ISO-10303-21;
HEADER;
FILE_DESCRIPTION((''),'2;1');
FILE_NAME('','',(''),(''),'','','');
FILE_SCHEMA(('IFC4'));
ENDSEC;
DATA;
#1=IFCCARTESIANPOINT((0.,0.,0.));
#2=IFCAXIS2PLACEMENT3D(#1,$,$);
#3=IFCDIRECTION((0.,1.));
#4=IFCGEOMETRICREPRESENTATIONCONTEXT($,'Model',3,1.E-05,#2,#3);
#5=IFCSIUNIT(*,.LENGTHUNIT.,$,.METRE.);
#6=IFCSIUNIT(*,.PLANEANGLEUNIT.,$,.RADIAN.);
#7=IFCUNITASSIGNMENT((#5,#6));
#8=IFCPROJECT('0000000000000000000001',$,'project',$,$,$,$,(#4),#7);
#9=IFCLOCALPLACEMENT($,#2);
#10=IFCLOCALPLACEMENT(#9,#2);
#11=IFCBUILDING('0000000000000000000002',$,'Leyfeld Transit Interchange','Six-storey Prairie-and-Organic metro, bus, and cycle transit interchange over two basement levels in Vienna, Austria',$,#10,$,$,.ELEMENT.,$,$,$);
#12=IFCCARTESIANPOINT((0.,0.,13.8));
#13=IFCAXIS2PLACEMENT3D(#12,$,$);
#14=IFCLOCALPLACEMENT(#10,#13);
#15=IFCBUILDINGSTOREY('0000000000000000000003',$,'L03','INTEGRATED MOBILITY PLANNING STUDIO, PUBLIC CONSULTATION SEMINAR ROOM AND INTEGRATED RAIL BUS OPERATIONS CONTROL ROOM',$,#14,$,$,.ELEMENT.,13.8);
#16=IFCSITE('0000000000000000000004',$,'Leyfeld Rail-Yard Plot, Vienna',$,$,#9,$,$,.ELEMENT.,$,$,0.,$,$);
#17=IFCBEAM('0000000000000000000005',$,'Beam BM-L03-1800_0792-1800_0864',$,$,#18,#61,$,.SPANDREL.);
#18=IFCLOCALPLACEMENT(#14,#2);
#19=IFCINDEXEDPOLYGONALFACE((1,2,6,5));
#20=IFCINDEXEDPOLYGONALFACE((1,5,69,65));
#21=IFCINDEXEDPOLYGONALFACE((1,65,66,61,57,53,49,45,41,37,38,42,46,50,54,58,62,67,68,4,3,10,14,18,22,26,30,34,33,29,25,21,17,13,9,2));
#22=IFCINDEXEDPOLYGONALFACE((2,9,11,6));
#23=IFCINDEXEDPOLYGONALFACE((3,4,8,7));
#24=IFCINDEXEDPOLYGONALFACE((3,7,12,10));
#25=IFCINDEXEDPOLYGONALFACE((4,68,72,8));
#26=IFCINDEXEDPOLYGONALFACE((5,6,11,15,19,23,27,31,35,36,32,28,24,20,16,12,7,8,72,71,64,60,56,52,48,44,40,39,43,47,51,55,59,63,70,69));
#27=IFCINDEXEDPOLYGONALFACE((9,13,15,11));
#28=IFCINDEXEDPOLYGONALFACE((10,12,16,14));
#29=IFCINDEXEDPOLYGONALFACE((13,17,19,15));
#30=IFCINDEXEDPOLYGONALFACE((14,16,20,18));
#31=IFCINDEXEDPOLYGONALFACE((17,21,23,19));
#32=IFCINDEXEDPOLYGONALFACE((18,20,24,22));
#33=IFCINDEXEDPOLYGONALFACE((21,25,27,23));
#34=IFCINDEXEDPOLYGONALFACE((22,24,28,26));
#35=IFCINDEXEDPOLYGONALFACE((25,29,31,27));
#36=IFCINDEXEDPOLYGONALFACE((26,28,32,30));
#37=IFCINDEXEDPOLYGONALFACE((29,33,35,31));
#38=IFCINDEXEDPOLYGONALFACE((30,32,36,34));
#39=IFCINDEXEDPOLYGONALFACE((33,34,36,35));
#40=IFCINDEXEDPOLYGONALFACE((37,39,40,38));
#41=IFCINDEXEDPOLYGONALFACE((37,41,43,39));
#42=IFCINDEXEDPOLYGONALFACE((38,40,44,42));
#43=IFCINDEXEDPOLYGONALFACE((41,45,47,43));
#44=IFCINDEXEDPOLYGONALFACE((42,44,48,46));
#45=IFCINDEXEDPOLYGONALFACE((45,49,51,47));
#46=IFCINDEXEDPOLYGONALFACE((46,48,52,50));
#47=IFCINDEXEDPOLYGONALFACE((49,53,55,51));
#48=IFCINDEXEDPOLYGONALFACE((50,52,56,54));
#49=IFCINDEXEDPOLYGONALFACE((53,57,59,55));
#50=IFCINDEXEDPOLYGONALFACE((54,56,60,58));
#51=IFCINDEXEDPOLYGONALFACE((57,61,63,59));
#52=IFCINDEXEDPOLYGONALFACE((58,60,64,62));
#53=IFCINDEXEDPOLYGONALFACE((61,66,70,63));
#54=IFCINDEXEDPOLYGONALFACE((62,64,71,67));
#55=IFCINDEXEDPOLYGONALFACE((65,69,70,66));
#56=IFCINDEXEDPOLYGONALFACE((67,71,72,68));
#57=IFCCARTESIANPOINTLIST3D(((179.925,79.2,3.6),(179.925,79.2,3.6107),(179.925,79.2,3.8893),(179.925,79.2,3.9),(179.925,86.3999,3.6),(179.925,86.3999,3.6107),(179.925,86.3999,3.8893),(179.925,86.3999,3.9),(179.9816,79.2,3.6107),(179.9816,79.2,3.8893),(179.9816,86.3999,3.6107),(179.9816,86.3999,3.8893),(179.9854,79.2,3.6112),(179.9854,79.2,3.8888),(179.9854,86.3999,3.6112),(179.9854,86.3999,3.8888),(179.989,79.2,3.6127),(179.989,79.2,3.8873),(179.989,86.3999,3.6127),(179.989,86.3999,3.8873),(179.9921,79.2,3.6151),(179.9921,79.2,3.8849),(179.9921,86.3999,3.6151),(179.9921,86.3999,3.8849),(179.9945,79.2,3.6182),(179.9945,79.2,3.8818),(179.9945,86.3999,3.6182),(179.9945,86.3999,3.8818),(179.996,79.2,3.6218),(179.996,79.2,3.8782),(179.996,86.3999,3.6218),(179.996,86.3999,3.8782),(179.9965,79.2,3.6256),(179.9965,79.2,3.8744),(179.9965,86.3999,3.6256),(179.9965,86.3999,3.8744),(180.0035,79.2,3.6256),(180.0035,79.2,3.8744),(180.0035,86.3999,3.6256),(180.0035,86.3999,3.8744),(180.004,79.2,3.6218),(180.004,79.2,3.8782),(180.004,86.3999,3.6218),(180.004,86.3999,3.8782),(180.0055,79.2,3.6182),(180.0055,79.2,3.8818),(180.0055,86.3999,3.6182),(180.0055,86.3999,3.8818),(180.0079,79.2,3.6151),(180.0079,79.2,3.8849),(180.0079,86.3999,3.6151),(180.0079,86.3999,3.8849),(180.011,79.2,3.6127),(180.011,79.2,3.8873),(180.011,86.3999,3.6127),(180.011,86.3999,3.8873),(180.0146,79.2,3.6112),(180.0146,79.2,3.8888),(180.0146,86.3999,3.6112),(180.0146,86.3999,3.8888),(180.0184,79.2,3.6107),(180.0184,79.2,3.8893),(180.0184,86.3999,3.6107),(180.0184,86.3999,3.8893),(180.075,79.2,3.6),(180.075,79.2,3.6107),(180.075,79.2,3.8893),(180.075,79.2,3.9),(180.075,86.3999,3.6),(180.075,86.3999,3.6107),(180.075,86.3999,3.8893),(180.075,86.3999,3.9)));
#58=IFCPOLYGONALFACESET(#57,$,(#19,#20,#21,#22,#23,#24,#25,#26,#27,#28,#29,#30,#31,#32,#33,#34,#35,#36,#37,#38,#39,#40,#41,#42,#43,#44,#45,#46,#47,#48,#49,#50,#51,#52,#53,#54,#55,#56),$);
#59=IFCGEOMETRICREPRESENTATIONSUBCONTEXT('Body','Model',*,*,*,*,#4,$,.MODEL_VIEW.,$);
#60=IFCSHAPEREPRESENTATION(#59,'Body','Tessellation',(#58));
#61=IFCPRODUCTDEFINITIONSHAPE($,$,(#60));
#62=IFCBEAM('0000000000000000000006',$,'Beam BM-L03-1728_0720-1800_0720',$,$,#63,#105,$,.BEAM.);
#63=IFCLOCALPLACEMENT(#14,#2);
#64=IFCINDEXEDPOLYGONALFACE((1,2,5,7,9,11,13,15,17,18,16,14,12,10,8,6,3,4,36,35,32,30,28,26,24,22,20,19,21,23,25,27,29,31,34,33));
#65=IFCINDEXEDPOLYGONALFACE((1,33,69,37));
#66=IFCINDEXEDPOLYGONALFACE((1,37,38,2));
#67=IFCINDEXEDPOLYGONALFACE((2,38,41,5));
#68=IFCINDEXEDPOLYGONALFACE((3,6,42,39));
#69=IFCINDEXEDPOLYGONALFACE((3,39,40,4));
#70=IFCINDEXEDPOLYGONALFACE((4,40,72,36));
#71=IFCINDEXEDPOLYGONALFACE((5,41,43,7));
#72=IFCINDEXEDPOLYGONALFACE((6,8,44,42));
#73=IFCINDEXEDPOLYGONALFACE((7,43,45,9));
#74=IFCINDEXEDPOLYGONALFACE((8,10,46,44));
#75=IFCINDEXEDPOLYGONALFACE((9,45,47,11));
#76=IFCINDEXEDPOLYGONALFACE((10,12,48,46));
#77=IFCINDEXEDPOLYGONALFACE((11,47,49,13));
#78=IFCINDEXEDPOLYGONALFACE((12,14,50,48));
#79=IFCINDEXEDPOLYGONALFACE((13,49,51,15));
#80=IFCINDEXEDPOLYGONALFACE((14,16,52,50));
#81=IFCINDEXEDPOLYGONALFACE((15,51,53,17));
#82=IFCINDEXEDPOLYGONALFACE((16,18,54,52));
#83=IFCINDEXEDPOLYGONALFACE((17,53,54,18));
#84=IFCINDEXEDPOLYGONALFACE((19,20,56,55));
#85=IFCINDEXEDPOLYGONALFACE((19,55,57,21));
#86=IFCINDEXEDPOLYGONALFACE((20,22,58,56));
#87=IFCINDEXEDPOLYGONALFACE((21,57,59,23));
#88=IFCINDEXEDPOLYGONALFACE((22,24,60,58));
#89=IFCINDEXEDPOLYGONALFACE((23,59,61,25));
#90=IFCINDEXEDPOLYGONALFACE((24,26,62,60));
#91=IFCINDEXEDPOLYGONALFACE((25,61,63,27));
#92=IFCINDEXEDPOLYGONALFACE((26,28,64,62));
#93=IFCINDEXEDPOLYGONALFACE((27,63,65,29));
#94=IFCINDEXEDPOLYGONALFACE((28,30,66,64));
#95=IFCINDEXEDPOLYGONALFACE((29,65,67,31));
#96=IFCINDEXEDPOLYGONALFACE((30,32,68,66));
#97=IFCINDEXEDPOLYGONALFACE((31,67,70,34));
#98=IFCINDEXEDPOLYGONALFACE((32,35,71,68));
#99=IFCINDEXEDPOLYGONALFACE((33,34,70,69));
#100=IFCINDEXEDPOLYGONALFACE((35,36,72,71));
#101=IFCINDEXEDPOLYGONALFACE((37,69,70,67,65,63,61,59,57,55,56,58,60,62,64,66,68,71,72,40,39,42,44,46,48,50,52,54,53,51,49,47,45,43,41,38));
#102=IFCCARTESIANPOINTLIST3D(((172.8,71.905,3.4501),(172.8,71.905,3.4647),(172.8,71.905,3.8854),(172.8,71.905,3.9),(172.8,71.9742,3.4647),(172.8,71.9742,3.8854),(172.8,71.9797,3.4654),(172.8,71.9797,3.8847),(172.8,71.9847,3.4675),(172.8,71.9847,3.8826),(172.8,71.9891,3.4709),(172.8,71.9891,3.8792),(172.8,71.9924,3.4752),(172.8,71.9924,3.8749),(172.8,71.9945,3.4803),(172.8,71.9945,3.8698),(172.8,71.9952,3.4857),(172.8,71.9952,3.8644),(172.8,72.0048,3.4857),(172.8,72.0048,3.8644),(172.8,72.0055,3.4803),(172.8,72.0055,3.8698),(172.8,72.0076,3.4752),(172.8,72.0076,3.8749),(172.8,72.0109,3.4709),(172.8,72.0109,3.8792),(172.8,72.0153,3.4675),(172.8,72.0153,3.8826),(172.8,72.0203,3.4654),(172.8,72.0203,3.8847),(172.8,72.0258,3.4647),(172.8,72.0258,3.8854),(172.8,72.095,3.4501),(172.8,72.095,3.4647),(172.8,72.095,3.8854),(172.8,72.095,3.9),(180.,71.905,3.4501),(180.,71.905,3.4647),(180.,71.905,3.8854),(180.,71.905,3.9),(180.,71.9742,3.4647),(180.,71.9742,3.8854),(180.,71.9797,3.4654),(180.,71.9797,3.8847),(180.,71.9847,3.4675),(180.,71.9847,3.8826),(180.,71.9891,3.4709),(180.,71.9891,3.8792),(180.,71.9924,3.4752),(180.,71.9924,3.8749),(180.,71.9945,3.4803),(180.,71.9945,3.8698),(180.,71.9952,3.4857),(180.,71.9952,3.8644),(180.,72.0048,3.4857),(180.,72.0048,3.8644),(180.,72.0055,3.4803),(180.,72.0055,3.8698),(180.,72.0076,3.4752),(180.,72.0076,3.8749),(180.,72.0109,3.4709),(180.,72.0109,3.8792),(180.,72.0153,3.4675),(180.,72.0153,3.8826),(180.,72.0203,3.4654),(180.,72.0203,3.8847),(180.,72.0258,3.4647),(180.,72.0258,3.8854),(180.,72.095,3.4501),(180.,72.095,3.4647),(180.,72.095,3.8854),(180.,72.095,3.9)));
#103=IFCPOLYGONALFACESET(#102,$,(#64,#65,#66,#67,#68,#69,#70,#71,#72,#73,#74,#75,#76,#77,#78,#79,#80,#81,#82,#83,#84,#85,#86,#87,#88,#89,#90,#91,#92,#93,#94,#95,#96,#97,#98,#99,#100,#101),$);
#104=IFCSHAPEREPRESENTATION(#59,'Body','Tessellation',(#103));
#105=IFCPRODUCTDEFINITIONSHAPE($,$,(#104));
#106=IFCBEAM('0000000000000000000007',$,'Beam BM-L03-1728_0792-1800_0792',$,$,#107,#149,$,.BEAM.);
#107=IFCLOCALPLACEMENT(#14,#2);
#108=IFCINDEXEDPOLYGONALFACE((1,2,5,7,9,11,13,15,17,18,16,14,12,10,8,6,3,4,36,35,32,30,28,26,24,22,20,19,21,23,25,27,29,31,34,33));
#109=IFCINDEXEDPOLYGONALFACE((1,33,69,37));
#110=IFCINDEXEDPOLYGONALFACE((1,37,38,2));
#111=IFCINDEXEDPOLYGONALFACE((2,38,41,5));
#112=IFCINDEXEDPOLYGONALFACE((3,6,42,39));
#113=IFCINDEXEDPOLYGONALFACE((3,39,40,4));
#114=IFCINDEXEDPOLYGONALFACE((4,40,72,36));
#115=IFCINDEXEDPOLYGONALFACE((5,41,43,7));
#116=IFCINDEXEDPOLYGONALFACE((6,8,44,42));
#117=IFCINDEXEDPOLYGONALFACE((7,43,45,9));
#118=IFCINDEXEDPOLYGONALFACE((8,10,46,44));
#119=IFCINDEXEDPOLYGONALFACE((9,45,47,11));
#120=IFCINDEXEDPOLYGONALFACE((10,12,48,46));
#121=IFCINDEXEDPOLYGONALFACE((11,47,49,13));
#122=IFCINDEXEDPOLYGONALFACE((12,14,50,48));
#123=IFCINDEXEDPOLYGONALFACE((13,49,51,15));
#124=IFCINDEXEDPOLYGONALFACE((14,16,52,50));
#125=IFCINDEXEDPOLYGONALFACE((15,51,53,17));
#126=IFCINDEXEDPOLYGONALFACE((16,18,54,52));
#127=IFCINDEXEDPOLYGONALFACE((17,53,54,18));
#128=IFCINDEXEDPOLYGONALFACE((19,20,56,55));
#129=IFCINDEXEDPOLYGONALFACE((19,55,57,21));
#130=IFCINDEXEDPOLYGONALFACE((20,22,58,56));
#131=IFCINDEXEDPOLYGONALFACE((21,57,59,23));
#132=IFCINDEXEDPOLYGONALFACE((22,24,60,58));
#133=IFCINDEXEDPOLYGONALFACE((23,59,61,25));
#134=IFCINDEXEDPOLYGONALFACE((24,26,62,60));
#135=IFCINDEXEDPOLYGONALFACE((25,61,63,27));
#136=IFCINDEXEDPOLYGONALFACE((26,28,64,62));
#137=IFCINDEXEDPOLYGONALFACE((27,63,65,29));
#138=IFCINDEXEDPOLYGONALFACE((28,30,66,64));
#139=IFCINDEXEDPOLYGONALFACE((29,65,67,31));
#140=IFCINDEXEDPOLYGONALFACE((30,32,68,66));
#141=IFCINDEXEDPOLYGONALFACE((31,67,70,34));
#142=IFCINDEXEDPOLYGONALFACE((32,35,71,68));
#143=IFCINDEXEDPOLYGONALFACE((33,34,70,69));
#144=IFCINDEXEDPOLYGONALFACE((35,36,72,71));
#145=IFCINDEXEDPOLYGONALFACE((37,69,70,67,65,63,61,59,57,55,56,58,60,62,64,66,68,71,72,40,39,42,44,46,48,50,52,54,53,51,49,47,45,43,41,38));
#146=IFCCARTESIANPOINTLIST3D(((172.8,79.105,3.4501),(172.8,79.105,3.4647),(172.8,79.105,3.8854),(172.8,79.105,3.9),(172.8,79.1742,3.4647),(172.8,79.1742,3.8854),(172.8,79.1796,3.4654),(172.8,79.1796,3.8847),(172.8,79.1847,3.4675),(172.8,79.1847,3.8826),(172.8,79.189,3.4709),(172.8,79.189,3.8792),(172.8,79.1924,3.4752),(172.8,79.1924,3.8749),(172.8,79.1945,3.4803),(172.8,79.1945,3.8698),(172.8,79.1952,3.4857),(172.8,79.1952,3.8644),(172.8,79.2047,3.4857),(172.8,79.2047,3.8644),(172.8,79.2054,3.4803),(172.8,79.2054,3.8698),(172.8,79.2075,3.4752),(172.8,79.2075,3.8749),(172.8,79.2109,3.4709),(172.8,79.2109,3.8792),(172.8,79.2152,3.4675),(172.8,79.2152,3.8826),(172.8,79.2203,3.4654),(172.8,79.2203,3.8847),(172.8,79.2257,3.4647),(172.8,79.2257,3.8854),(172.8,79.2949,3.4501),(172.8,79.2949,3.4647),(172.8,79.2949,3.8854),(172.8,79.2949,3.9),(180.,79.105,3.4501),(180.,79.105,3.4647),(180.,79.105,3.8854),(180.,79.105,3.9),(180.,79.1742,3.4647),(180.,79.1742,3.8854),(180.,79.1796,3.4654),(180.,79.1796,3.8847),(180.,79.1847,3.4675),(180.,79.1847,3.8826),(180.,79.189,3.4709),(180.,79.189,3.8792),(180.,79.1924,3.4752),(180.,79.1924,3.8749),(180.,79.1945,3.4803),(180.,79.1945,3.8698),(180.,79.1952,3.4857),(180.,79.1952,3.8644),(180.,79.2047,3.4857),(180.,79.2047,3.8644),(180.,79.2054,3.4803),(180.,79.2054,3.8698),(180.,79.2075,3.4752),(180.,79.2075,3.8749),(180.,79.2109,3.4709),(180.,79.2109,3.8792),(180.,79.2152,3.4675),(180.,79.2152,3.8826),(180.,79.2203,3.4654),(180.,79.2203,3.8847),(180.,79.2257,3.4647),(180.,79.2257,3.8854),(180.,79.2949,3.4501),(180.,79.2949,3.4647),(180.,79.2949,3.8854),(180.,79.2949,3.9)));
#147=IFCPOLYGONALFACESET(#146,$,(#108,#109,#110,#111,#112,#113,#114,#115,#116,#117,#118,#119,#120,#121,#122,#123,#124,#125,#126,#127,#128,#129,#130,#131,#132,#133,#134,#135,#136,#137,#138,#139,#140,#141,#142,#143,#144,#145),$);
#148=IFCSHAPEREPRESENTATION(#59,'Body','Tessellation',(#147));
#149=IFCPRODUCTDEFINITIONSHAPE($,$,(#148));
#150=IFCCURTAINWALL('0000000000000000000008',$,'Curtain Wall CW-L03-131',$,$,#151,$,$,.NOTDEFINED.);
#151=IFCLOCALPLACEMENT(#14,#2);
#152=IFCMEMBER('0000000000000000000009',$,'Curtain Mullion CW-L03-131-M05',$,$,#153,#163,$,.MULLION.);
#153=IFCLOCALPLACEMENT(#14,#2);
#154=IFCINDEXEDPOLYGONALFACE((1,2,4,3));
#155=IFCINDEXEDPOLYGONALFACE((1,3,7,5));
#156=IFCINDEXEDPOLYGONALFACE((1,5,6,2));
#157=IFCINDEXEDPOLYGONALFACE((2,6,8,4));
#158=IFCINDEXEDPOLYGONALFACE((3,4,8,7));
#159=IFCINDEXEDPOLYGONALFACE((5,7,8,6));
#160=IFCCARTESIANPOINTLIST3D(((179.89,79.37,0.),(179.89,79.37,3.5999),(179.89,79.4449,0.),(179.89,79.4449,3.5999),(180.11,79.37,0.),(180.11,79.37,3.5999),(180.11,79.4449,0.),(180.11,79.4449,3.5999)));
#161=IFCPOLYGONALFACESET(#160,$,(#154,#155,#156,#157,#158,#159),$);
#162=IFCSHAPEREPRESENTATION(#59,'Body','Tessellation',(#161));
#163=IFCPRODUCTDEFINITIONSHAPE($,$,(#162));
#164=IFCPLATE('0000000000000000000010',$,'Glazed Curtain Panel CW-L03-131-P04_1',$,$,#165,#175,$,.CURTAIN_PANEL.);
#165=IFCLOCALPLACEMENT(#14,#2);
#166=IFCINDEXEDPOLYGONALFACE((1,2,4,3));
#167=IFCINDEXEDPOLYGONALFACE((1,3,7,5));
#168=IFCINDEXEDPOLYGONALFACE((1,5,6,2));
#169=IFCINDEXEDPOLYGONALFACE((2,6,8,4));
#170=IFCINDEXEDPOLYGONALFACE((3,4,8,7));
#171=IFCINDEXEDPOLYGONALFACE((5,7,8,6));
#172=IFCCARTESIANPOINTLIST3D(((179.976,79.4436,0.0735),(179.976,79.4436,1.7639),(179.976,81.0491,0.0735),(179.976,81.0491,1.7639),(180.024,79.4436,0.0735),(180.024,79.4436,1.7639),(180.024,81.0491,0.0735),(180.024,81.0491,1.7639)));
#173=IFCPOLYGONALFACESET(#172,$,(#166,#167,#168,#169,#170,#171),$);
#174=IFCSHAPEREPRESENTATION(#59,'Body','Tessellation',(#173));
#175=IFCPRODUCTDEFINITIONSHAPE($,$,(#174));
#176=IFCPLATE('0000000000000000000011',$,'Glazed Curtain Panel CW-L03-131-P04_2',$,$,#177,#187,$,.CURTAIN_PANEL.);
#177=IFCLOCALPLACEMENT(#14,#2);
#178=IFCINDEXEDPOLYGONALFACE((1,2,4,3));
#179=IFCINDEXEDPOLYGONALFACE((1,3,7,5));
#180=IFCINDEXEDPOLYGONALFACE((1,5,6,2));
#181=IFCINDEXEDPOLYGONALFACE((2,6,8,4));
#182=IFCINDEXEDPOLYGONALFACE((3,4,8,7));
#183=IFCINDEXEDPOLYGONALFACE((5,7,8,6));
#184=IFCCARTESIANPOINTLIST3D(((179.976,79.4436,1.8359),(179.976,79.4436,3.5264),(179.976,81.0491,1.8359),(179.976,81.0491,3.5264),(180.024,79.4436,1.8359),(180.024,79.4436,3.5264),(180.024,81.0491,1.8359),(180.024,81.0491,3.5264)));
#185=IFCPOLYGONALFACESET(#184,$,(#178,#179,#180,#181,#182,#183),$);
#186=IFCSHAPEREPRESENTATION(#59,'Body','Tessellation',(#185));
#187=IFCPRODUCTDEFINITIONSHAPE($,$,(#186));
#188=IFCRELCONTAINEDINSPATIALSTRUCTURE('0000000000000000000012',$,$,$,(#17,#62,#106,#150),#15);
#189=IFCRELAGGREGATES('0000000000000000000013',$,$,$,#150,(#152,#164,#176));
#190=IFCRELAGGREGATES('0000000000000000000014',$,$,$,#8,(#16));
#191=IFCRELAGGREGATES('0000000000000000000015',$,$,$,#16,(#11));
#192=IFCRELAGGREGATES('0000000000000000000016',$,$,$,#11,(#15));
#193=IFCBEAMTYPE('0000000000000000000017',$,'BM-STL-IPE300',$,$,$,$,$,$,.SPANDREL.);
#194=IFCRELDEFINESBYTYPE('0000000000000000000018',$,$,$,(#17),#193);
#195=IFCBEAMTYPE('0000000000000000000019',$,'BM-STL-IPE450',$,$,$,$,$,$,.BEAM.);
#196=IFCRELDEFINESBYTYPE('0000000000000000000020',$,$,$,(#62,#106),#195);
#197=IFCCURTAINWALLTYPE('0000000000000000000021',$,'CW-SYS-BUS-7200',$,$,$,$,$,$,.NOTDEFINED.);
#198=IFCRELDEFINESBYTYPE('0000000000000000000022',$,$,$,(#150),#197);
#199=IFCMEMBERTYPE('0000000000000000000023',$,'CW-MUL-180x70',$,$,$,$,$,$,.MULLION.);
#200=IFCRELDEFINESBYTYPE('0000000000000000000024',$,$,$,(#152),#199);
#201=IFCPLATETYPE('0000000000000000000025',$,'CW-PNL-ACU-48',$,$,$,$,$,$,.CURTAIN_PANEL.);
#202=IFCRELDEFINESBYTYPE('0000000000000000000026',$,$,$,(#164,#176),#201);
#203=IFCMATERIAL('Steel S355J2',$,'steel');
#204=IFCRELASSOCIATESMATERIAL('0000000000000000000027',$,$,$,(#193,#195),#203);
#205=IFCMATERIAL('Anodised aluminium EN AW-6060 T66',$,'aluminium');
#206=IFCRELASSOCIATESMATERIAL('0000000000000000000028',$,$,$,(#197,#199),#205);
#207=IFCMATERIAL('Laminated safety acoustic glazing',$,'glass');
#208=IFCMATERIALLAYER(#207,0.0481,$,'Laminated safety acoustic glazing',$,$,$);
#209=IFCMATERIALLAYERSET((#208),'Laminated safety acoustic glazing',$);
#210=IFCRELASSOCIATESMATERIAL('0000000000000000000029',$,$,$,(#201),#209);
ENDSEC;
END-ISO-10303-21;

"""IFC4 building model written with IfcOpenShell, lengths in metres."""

from ifc_helpers import new_model, si_unit, direction, frame, origin, origin_2d, place, context, subcontext, project, spatial, rectangle, i_section, extrude, material, layer, layer_set, material_profile, profile_set, type_object, element, aggregate, save


model = new_model("IFC4")

# Units and contexts
model_context = context("Model", 3, precision=1e-05, world=origin(), true_north=direction((0.0, 1.0)))
body_context = subcontext(model_context, "Body", "Model", "MODEL_VIEW")
ifc_project = project(units=[si_unit("LENGTHUNIT", "METRE"), si_unit("PLANEANGLEUNIT", "RADIAN")], contexts=[model_context])

# Site, building, storey
site_placement = place(None, origin())
site = spatial("IfcSite", under=ifc_project, at=site_placement, Name="Leyfeld Rail-Yard Plot, Vienna", CompositionType="ELEMENT", RefElevation=0.0)
building_placement = place(site_placement, origin())
building = spatial("IfcBuilding", under=site, at=building_placement, Name="Leyfeld Transit Interchange", Description="Six-storey Prairie-and-Organic metro, bus, and cycle transit interchange over two basement levels in Vienna, Austria", CompositionType="ELEMENT")
storey_placement = place(building_placement, frame((0.0, 0.0, 13.8)))
storey = spatial("IfcBuildingStorey", under=building, at=storey_placement, Name="L03", Description="INTEGRATED MOBILITY PLANNING STUDIO, PUBLIC CONSULTATION SEMINAR ROOM AND INTEGRATED RAIL BUS OPERATIONS CONTROL ROOM", CompositionType="ELEMENT", Elevation=13.8)

# Shared definitions
ifc_material_1 = material(Name="Steel S355J2", Category="steel")

# Beams
ifc_material_profile_1 = material_profile(ifc_material_1, i_section(OverallWidth=0.1499, OverallDepth=0.3, WebThickness=0.0071, FlangeThickness=0.0107, FilletRadius=0.0149, at=origin_2d()), Name="IPE 300")
ifc_profile_set_1 = profile_set([ifc_material_profile_1], Name="Steel S355J2")
beam_type_1 = type_object("IfcBeamType", Name="BM-STL-IPE300", PredefinedType="SPANDREL", material=ifc_profile_set_1)
for number, where, z_axis, x_axis, name in (
    (1, (180.0, 79.2, 3.75), (0.0, 1.0, 0.0), (-1.0, 0.0, 0.0), "Beam BM-L03-1800_0792-1800_0864"),
):
    element("IfcBeam", number, at=place(storey_placement, frame(where, z_axis=z_axis, x_axis=x_axis)), inside=storey, type_object=beam_type_1, Name=name, PredefinedType="SPANDREL", context=body_context, shape_type="SweptSolid", body=[
        extrude(i_section(OverallWidth=0.1499, OverallDepth=0.3, WebThickness=0.0071, FlangeThickness=0.0107, FilletRadius=0.0149, at=origin_2d()), origin(), (0.0, 0.0, 1.0), 7.2),
    ])
ifc_material_profile_2 = material_profile(ifc_material_1, i_section(OverallWidth=0.1899, OverallDepth=0.45, WebThickness=0.0095, FlangeThickness=0.0146, FilletRadius=0.021, at=origin_2d()), Name="IPE 450")
ifc_profile_set_2 = profile_set([ifc_material_profile_2], Name="Steel S355J2")
beam_type_2 = type_object("IfcBeamType", Name="BM-STL-IPE450", PredefinedType="BEAM", material=ifc_profile_set_2)
for number, where, z_axis, x_axis, name in (
    (2, (172.8, 72.0, 3.675), (1.0, 0.0, 0.0), (0.0, 1.0, 0.0), "Beam BM-L03-1728_0720-1800_0720"),
    (3, (172.8, 79.2, 3.675), (1.0, 0.0, 0.0), (0.0, 1.0, 0.0), "Beam BM-L03-1728_0792-1800_0792"),
):
    element("IfcBeam", number, at=place(storey_placement, frame(where, z_axis=z_axis, x_axis=x_axis)), inside=storey, type_object=beam_type_2, Name=name, PredefinedType="BEAM", context=body_context, shape_type="SweptSolid", body=[
        extrude(i_section(OverallWidth=0.1899, OverallDepth=0.45, WebThickness=0.0095, FlangeThickness=0.0146, FilletRadius=0.021, at=origin_2d()), origin(), (0.0, 0.0, 1.0), 7.2),
    ])

# Curtain wall, member, plates
ifc_material_2 = material(Name="Anodised aluminium EN AW-6060 T66", Category="aluminium")
curtain_wall_type = type_object("IfcCurtainWallType", Name="CW-SYS-BUS-7200", PredefinedType="NOTDEFINED", material=ifc_material_2)
curtain_wall_placement = place(storey_placement, origin())
curtain_wall = element("IfcCurtainWall", 4, at=curtain_wall_placement, inside=storey, type_object=curtain_wall_type, Name="Curtain Wall CW-L03-131", PredefinedType="NOTDEFINED")
ifc_material_profile_3 = material_profile(ifc_material_2, rectangle(XDim=0.075, YDim=0.22, at=origin_2d()), Name="CW-M 75x220")
ifc_profile_set_3 = profile_set([ifc_material_profile_3], Name="Anodised aluminium EN AW-6060 T66")
member_type = type_object("IfcMemberType", Name="CW-MUL-180x70", PredefinedType="MULLION", material=ifc_profile_set_3)
member_placement = place(storey_placement, frame((180.0, 79.4075, 0.0), z_axis=(0.0, 0.0, 1.0), x_axis=(0.0, -1.0, 0.0)))
member = element("IfcMember", 5, at=member_placement, type_object=member_type, Name="Curtain Mullion CW-L03-131-M05", PredefinedType="MULLION", context=body_context, shape_type="SweptSolid", body=[
    extrude(rectangle(XDim=0.075, YDim=0.22, at=origin_2d()), origin(), (0.0, 0.0, 1.0), 3.5999),
])
ifc_material_3 = material(Name="Laminated safety acoustic glazing", Category="glass")
ifc_layer_1 = layer(ifc_material_3, 0.0481, Name="Laminated safety acoustic glazing")
ifc_layer_set_1 = layer_set([ifc_layer_1], Name="Laminated safety acoustic glazing")
plate_type_1 = type_object("IfcPlateType", Name="CW-PNL-ACU-48", PredefinedType="CURTAIN_PANEL", material=ifc_layer_set_1)
plate_1_placement = place(storey_placement, frame((180.0, 80.2463, 0.0735), z_axis=(0.0, 0.0, 1.0), x_axis=(0.0, -1.0, 0.0)))
plate_1 = element("IfcPlate", 6, at=plate_1_placement, type_object=plate_type_1, Name="Glazed Curtain Panel CW-L03-131-P04_1", PredefinedType="CURTAIN_PANEL", context=body_context, shape_type="SweptSolid", body=[
    extrude(rectangle(XDim=1.6055, YDim=0.0481, at=origin_2d()), origin(), (0.0, 0.0, 1.0), 1.6904),
])
plate_2_placement = place(storey_placement, frame((180.0, 80.2463, 1.8359), z_axis=(0.0, 0.0, 1.0), x_axis=(0.0, -1.0, 0.0)))
plate_2 = element("IfcPlate", 7, at=plate_2_placement, type_object=plate_type_1, Name="Glazed Curtain Panel CW-L03-131-P04_2", PredefinedType="CURTAIN_PANEL", context=body_context, shape_type="SweptSolid", body=[
    extrude(rectangle(XDim=1.6055, YDim=0.0481, at=origin_2d()), origin(), (0.0, 0.0, 1.0), 1.6904),
])
aggregate(curtain_wall, [member, plate_1, plate_2])

save(model, "model.ifc")
